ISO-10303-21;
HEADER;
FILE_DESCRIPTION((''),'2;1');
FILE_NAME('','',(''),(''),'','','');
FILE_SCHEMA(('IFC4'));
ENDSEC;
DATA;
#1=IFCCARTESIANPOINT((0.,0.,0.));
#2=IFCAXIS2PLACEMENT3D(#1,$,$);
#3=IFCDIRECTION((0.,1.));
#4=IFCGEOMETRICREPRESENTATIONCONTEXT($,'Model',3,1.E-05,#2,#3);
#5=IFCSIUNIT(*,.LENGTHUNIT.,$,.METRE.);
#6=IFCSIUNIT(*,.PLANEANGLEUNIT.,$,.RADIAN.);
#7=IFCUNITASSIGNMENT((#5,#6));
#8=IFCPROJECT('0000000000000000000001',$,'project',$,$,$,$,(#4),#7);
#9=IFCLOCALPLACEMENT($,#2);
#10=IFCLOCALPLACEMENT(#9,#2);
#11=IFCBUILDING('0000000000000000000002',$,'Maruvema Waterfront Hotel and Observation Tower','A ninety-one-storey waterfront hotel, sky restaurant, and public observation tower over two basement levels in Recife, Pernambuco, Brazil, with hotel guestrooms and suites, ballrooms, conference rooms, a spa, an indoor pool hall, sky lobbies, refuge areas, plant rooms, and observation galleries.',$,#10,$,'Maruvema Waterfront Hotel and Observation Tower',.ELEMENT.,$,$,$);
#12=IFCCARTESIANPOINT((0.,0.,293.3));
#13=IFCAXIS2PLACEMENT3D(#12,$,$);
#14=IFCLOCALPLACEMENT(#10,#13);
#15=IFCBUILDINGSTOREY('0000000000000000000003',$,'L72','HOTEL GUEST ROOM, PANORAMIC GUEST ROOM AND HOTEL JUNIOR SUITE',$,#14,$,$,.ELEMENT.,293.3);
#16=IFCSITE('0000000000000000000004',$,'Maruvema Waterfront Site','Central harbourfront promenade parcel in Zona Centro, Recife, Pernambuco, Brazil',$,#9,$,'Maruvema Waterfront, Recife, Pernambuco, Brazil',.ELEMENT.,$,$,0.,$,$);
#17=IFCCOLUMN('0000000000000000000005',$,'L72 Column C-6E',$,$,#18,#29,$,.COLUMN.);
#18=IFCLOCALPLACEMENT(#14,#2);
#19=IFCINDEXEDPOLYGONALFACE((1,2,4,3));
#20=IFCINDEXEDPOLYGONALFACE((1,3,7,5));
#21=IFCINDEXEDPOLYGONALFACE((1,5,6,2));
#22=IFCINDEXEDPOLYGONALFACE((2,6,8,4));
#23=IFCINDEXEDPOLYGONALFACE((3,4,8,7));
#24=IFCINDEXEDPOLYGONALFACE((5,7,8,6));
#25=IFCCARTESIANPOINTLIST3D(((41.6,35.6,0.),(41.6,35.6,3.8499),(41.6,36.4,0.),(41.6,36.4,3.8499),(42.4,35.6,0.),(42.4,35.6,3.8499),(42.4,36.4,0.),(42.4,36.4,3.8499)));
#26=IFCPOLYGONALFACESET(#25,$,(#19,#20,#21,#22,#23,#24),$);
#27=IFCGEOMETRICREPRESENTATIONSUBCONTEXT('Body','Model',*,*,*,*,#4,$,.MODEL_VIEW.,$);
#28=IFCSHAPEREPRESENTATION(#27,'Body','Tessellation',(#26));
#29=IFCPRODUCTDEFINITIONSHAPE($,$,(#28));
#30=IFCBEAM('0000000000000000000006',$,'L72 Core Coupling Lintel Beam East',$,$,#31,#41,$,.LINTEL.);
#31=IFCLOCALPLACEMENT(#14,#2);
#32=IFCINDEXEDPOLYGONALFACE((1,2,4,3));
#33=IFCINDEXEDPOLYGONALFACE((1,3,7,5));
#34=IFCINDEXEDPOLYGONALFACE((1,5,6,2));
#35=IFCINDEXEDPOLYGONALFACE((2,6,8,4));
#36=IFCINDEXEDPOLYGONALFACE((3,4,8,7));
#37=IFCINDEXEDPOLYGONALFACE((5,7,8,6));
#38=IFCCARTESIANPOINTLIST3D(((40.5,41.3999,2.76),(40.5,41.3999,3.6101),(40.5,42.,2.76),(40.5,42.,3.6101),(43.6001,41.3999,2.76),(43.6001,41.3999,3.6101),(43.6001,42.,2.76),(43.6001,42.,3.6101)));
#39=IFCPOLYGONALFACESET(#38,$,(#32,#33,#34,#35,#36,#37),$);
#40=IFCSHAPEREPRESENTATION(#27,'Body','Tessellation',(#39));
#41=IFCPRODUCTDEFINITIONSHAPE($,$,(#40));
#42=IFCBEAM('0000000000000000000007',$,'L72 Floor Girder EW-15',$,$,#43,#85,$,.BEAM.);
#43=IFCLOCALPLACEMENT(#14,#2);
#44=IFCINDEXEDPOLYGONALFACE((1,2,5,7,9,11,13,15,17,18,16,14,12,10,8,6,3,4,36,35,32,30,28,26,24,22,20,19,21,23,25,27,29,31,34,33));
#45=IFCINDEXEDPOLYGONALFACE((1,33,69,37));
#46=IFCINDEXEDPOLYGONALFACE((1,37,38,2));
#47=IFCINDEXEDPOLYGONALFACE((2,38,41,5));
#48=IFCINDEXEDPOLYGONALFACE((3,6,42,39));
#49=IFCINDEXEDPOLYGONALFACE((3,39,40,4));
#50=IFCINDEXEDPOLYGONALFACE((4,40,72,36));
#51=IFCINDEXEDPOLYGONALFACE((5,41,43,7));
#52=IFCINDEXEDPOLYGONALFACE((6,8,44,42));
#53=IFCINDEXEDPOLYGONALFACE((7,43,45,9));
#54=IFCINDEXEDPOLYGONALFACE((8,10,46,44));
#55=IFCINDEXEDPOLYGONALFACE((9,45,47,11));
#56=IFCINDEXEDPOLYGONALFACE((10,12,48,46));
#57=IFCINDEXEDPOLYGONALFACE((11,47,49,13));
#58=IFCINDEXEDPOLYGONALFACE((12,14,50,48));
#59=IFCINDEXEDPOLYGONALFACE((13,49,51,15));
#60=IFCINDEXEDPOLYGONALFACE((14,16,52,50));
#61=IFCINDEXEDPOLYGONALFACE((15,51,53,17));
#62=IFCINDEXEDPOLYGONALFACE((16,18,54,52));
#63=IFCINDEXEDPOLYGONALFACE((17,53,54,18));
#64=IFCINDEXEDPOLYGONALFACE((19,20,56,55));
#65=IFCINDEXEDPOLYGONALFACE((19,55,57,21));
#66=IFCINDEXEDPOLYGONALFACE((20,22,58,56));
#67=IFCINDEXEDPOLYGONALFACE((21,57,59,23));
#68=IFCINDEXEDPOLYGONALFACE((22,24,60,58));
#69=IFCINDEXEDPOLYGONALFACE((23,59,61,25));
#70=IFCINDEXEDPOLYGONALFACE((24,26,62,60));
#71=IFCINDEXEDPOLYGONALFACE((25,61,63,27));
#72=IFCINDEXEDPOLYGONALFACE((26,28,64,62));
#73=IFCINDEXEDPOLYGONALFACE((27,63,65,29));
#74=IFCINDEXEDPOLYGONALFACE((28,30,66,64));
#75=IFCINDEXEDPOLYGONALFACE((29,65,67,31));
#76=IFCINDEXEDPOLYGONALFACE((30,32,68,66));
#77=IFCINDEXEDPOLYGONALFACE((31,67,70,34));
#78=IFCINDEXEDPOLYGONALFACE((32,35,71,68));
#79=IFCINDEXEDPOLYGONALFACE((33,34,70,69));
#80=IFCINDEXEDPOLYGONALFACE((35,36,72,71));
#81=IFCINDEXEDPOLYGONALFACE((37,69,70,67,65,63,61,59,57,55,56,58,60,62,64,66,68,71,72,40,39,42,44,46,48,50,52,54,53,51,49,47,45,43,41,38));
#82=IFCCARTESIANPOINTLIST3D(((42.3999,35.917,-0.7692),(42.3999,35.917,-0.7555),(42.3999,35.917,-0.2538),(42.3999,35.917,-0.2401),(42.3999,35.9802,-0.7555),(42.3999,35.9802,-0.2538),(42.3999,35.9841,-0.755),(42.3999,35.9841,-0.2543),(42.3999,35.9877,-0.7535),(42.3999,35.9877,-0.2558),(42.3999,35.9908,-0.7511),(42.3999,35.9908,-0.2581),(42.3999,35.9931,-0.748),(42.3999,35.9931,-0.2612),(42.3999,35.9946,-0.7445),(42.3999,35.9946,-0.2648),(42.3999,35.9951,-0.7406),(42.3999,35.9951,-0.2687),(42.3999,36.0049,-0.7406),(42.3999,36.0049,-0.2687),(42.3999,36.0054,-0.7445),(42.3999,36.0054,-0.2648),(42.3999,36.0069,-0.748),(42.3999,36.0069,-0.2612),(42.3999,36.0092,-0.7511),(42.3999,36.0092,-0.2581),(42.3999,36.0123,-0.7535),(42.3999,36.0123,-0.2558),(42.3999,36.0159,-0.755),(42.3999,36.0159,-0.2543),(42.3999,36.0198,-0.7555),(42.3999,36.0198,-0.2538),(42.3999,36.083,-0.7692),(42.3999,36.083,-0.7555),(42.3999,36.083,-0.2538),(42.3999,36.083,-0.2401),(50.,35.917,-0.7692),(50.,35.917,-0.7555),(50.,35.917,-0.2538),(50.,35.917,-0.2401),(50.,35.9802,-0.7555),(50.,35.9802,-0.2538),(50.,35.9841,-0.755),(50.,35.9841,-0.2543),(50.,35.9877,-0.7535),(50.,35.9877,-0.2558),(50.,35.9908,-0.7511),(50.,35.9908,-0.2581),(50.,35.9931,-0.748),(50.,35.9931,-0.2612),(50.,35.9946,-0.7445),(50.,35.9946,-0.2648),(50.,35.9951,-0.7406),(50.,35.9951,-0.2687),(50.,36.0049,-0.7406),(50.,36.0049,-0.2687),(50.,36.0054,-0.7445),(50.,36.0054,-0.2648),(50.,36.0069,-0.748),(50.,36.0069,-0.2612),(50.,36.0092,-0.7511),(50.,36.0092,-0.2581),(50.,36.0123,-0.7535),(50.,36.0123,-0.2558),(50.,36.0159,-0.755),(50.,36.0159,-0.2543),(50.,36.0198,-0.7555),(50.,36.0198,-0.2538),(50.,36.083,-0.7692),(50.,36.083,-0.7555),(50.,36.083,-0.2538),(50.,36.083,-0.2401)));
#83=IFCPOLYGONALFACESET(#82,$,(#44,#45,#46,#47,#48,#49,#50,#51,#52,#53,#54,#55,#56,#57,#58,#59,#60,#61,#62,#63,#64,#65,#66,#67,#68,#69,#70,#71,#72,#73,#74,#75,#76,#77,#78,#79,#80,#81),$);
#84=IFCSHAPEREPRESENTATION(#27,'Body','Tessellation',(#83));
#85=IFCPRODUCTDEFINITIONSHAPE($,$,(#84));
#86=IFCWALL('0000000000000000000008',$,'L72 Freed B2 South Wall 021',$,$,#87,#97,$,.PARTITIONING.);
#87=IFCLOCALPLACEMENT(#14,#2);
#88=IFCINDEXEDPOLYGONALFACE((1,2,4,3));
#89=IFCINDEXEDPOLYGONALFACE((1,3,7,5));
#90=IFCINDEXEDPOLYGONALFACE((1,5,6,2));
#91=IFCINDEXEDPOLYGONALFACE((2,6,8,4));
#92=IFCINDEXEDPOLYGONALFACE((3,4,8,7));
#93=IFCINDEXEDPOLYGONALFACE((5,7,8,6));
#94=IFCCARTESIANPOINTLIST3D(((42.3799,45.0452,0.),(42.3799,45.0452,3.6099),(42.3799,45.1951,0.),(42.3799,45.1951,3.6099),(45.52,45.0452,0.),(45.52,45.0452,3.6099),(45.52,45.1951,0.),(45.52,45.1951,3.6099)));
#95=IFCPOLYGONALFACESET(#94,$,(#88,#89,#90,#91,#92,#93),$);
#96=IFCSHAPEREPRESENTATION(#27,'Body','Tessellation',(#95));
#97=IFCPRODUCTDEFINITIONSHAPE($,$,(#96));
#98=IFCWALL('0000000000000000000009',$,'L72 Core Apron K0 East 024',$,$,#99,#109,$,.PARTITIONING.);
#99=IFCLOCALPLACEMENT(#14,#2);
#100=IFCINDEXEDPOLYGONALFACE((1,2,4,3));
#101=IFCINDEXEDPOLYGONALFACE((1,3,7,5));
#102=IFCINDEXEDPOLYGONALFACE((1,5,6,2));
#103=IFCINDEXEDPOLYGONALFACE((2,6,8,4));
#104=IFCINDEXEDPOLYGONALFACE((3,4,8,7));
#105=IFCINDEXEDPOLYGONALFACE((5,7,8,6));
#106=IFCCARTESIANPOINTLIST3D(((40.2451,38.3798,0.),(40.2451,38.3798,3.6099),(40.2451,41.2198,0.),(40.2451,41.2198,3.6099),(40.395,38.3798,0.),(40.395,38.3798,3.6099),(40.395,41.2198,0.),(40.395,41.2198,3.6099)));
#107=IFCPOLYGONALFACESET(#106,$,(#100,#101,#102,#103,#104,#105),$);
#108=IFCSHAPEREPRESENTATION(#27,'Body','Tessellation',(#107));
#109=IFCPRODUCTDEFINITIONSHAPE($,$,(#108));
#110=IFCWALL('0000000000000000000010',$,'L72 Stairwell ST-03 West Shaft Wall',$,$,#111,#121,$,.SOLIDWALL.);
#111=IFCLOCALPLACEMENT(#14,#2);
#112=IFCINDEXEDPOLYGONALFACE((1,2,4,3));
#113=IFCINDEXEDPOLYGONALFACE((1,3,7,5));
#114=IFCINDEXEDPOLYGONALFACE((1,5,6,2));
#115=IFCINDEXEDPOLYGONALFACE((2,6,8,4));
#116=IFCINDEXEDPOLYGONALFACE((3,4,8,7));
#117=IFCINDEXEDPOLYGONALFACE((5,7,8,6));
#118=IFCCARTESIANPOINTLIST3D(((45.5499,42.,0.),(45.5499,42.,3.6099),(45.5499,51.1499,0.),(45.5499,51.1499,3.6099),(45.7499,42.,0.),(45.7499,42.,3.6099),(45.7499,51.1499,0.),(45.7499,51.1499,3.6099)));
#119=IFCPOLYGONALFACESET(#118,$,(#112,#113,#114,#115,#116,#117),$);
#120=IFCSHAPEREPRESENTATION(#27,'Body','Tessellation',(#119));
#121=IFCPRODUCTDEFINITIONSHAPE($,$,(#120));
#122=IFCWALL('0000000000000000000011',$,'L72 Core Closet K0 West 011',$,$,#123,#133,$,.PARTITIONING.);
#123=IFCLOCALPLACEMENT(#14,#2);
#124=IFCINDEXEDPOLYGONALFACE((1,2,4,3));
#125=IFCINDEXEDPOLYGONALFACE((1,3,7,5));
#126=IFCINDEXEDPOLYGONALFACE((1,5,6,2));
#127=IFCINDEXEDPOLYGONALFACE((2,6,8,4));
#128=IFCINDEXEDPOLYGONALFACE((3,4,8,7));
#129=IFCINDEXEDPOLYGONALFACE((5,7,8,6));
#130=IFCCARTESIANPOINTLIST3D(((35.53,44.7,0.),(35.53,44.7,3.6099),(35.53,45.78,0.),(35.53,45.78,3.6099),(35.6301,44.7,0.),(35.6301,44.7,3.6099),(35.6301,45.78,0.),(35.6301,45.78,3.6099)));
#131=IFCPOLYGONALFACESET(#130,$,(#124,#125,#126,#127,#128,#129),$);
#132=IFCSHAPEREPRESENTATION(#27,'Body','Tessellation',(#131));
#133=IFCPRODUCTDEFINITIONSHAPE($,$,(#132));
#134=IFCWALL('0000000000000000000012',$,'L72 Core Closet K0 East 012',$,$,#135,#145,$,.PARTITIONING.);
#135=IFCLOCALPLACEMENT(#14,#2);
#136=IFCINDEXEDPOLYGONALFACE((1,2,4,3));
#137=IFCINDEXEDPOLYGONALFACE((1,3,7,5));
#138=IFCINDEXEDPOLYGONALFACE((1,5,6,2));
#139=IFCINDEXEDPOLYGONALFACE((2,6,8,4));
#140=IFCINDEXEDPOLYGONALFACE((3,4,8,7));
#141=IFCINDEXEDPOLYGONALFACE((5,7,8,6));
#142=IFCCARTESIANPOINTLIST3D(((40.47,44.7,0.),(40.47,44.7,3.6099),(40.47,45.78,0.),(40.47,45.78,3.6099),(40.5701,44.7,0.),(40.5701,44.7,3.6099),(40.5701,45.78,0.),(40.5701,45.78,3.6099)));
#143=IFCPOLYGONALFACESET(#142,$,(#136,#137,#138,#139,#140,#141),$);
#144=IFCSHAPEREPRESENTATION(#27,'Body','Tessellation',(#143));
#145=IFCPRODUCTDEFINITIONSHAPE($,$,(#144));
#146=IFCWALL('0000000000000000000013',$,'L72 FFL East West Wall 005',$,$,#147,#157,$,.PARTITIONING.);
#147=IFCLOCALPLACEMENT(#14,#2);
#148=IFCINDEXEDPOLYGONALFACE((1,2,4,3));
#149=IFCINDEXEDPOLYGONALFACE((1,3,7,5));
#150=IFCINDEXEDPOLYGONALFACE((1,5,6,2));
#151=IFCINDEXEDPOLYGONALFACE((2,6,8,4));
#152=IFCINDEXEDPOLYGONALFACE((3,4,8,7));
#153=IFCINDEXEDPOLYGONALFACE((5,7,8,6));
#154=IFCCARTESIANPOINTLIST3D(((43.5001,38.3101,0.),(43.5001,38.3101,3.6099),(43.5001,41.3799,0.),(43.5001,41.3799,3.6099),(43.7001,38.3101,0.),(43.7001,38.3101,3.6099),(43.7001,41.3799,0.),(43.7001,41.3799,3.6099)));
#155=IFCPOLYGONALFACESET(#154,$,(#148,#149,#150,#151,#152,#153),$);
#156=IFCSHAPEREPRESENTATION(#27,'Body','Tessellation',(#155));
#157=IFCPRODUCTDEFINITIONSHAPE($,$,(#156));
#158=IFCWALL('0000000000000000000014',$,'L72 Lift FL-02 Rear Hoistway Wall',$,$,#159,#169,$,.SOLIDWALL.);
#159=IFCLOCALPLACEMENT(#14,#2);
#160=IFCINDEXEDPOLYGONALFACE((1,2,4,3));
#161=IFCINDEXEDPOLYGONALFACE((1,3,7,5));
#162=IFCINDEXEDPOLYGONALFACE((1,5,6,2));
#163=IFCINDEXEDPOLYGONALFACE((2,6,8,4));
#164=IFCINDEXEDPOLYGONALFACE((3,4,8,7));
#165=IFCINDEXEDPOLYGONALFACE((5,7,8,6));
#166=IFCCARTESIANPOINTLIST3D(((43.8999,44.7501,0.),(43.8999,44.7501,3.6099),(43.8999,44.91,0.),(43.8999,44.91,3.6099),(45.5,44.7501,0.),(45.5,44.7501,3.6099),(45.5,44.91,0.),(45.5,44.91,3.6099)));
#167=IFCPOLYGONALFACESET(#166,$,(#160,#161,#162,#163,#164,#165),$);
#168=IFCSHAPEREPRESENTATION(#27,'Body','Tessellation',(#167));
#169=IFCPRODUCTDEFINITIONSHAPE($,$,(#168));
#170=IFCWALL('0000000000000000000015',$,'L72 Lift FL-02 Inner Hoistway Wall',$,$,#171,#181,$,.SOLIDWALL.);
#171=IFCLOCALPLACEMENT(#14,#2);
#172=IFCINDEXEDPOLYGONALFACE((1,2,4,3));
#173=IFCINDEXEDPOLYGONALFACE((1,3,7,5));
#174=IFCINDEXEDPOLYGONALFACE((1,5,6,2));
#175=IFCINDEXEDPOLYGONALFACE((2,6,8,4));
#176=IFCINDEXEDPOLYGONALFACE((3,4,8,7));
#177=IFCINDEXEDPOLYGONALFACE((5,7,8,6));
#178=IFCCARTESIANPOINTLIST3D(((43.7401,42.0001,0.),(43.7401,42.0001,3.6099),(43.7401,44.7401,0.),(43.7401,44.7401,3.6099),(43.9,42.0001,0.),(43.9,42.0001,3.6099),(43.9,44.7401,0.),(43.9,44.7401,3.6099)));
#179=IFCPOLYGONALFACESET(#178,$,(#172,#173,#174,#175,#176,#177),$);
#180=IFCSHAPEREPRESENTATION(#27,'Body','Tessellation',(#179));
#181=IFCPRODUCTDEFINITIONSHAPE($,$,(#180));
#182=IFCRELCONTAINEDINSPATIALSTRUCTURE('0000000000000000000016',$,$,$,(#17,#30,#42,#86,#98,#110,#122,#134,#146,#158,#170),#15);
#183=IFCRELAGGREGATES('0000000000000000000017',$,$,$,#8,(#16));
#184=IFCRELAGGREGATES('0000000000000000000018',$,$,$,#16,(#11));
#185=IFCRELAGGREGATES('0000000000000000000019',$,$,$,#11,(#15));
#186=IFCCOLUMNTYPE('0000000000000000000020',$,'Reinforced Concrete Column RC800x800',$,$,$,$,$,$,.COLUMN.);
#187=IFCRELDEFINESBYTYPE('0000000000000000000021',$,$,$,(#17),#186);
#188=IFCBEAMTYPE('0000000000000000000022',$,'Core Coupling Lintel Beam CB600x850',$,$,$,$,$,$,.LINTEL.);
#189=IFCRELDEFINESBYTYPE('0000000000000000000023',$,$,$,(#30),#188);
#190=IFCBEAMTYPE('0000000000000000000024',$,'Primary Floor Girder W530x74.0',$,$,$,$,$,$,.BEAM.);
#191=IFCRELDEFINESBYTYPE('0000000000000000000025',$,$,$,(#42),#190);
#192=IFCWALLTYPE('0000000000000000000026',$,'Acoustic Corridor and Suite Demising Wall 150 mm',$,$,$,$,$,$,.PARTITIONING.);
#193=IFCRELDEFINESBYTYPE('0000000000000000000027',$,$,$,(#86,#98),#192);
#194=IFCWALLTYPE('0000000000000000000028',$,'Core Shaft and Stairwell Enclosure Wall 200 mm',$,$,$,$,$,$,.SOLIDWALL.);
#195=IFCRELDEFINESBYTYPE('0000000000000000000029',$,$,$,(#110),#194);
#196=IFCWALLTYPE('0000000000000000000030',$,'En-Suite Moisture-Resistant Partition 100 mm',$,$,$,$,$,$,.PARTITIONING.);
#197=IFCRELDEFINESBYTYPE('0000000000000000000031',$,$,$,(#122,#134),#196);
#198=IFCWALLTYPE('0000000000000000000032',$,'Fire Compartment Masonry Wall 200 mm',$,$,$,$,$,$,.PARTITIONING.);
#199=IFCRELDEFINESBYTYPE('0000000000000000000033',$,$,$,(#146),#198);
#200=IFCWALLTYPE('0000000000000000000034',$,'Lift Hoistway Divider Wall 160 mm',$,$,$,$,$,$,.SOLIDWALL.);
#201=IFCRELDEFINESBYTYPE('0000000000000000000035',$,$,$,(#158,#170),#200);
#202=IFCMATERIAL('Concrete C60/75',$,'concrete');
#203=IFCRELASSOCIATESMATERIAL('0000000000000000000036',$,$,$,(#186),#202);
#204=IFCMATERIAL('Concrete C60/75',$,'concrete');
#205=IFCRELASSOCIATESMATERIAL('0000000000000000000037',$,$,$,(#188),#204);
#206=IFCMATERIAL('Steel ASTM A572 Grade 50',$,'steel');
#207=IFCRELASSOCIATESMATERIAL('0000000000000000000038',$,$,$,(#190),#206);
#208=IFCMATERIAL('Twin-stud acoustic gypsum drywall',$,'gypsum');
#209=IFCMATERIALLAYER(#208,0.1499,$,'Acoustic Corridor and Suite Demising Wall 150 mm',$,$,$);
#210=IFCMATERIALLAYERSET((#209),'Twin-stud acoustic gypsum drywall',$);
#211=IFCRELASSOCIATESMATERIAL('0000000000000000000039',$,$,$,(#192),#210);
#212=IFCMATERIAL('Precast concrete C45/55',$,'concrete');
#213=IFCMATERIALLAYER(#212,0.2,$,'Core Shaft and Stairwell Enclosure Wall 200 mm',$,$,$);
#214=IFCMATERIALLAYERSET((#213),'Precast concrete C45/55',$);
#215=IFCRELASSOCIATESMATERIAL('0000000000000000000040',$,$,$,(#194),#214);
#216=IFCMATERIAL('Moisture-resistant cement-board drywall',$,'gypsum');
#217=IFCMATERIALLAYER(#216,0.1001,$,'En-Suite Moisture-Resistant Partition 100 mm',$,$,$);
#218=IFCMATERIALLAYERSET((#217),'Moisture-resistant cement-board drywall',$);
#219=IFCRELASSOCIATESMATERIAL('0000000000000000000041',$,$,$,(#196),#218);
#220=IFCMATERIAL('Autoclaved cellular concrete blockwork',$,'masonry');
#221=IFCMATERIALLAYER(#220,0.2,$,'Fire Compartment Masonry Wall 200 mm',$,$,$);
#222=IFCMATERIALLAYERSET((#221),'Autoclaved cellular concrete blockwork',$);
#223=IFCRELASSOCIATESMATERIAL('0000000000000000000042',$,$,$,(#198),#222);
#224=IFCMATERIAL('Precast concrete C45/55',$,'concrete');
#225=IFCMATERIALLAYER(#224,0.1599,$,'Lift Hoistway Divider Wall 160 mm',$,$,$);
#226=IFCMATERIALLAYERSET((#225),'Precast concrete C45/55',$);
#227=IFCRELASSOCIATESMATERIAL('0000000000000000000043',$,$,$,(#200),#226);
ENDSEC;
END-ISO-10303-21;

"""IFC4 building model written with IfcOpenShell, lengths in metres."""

from ifc_helpers import new_model, si_unit, direction, frame, frame_2d, origin, origin_2d, place, context, subcontext, project, spatial, rectangle, i_section, extrude, material, layer, layer_set, material_profile, profile_set, type_object, element, save


model = new_model("IFC4")

# Units and contexts
model_context = context("Model", 3, precision=1e-05, world=origin(), true_north=direction((0.0, 1.0)))
body_context = subcontext(model_context, "Body", "Model", "MODEL_VIEW")
ifc_project = project(units=[si_unit("LENGTHUNIT", "METRE"), si_unit("PLANEANGLEUNIT", "RADIAN")], contexts=[model_context])

# Site, building, storey
site_placement = place(None, origin())
site = spatial("IfcSite", under=ifc_project, at=site_placement, Name="Maruvema Waterfront Site", Description="Central harbourfront promenade parcel in Zona Centro, Recife, Pernambuco, Brazil", LongName="Maruvema Waterfront, Recife, Pernambuco, Brazil", CompositionType="ELEMENT", RefElevation=0.0)
building_placement = place(site_placement, origin())
building = spatial("IfcBuilding", under=site, at=building_placement, Name="Maruvema Waterfront Hotel and Observation Tower", Description="A ninety-one-storey waterfront hotel, sky restaurant, and public observation tower over two basement levels in Recife, Pernambuco, Brazil, with hotel guestrooms and suites, ballrooms, conference rooms, a spa, an indoor pool hall, sky lobbies, refuge areas, plant rooms, and observation galleries.", LongName="Maruvema Waterfront Hotel and Observation Tower", CompositionType="ELEMENT")
storey_placement = place(building_placement, frame((0.0, 0.0, 293.3)))
storey = spatial("IfcBuildingStorey", under=building, at=storey_placement, Name="L72", Description="HOTEL GUEST ROOM, PANORAMIC GUEST ROOM AND HOTEL JUNIOR SUITE", CompositionType="ELEMENT", Elevation=293.3)

# Column
ifc_material_1 = material(Name="Concrete C60/75", Category="concrete")
ifc_material_profile_1 = material_profile(ifc_material_1, rectangle(XDim=0.8, YDim=0.8, at=origin_2d()), Name="RC800x800")
ifc_profile_set_1 = profile_set([ifc_material_profile_1], Name="Concrete C60/75")
column_type = type_object("IfcColumnType", Name="Reinforced Concrete Column RC800x800", PredefinedType="COLUMN", material=ifc_profile_set_1)
column_placement = place(storey_placement, frame((42.0, 36.0, 0.0), z_axis=(0.0, 0.0, 1.0), x_axis=(1.0, 0.0, 0.0)))
element("IfcColumn", 1, at=column_placement, inside=storey, type_object=column_type, Name="L72 Column C-6E", PredefinedType="COLUMN", context=body_context, shape_type="SweptSolid", body=[
    extrude(rectangle(XDim=0.8, YDim=0.8, at=origin_2d()), origin(), (0.0, 0.0, 1.0), 3.8499),
])

# Beams
ifc_material_2 = material(Name="Concrete C60/75", Category="concrete")
ifc_material_profile_2 = material_profile(ifc_material_2, rectangle(XDim=0.6001, YDim=0.8501, at=origin_2d()), Name="CB600x850")
ifc_profile_set_2 = profile_set([ifc_material_profile_2], Name="Concrete C60/75")
beam_type_1 = type_object("IfcBeamType", Name="Core Coupling Lintel Beam CB600x850", PredefinedType="LINTEL", material=ifc_profile_set_2)
beam_1_placement = place(storey_placement, frame((40.5, 41.7, 3.1851), z_axis=(1.0, 0.0, 0.0), x_axis=(0.0, 1.0, 0.0)))
element("IfcBeam", 2, at=beam_1_placement, inside=storey, type_object=beam_type_1, Name="L72 Core Coupling Lintel Beam East", PredefinedType="LINTEL", context=body_context, shape_type="SweptSolid", body=[
    extrude(rectangle(XDim=0.6001, YDim=0.8501, at=origin_2d()), origin(), (0.0, 0.0, 1.0), 3.1001),
])
ifc_material_3 = material(Name="Steel ASTM A572 Grade 50", Category="steel")
ifc_material_profile_3 = material_profile(ifc_material_3, i_section(OverallWidth=0.166, OverallDepth=0.5291, WebThickness=0.0098, FlangeThickness=0.0137, FilletRadius=0.0149, at=origin_2d()), Name="W530x74.0")
ifc_profile_set_3 = profile_set([ifc_material_profile_3], Name="Steel ASTM A572 Grade 50")
beam_type_2 = type_object("IfcBeamType", Name="Primary Floor Girder W530x74.0", PredefinedType="BEAM", material=ifc_profile_set_3)
beam_2_placement = place(storey_placement, frame((42.3999, 36.0, -0.5046), z_axis=(1.0, 0.0, 0.0), x_axis=(0.0, 1.0, 0.0)))
element("IfcBeam", 3, at=beam_2_placement, inside=storey, type_object=beam_type_2, Name="L72 Floor Girder EW-15", PredefinedType="BEAM", context=body_context, shape_type="SweptSolid", body=[
    extrude(i_section(OverallWidth=0.166, OverallDepth=0.5291, WebThickness=0.0098, FlangeThickness=0.0137, FilletRadius=0.0149, at=origin_2d()), origin(), (0.0, 0.0, 1.0), 7.6001),
])

# Walls
ifc_material_4 = material(Name="Twin-stud acoustic gypsum drywall", Category="gypsum")
ifc_layer_1 = layer(ifc_material_4, 0.1499, Name="Acoustic Corridor and Suite Demising Wall 150 mm")
ifc_layer_set_1 = layer_set([ifc_layer_1], Name="Twin-stud acoustic gypsum drywall")
wall_type_1 = type_object("IfcWallType", Name="Acoustic Corridor and Suite Demising Wall 150 mm", PredefinedType="PARTITIONING", material=ifc_layer_set_1)
wall_1_placement = place(storey_placement, frame((42.3799, 45.1201, 0.0), z_axis=(0.0, 0.0, 1.0), x_axis=(1.0, 0.0, 0.0)))
element("IfcWall", 4, at=wall_1_placement, inside=storey, type_object=wall_type_1, Name="L72 Freed B2 South Wall 021", PredefinedType="PARTITIONING", context=body_context, shape_type="SweptSolid", body=[
    extrude(rectangle(XDim=3.1401, YDim=0.1499, at=frame_2d((1.5701, 0.0))), origin(), (0.0, 0.0, 1.0), 3.6099),
])
wall_2_placement = place(storey_placement, frame((40.3201, 38.3799, 0.0), z_axis=(0.0, 0.0, 1.0), x_axis=(0.0, 1.0, 0.0)))
element("IfcWall", 5, at=wall_2_placement, inside=storey, type_object=wall_type_1, Name="L72 Core Apron K0 East 024", PredefinedType="PARTITIONING", context=body_context, shape_type="SweptSolid", body=[
    extrude(rectangle(XDim=2.8401, YDim=0.1499, at=frame_2d((1.4199, 0.0))), origin(), (0.0, 0.0, 1.0), 3.6099),
])
ifc_material_5 = material(Name="Precast concrete C45/55", Category="concrete")
ifc_layer_2 = layer(ifc_material_5, 0.2, Name="Core Shaft and Stairwell Enclosure Wall 200 mm")
ifc_layer_set_2 = layer_set([ifc_layer_2], Name="Precast concrete C45/55")
wall_type_2 = type_object("IfcWallType", Name="Core Shaft and Stairwell Enclosure Wall 200 mm", PredefinedType="SOLIDWALL", material=ifc_layer_set_2)
wall_3_placement = place(storey_placement, frame((45.6499, 42.0, 0.0), z_axis=(0.0, 0.0, 1.0), x_axis=(0.0, 1.0, 0.0)))
element("IfcWall", 6, at=wall_3_placement, inside=storey, type_object=wall_type_2, Name="L72 Stairwell ST-03 West Shaft Wall", PredefinedType="SOLIDWALL", context=body_context, shape_type="SweptSolid", body=[
    extrude(rectangle(XDim=9.1499, YDim=0.2, at=frame_2d((4.575, 0.0))), origin(), (0.0, 0.0, 1.0), 3.6099),
])

# Walls
ifc_material_6 = material(Name="Moisture-resistant cement-board drywall", Category="gypsum")
ifc_layer_3 = layer(ifc_material_6, 0.1001, Name="En-Suite Moisture-Resistant Partition 100 mm")
ifc_layer_set_3 = layer_set([ifc_layer_3], Name="Moisture-resistant cement-board drywall")
wall_type_3 = type_object("IfcWallType", Name="En-Suite Moisture-Resistant Partition 100 mm", PredefinedType="PARTITIONING", material=ifc_layer_set_3)
for number, where, z_axis, x_axis, name in (
    (7, (35.5801, 44.7, 0.0), (0.0, 0.0, 1.0), (0.0, 1.0, 0.0), "L72 Core Closet K0 West 011"),
    (8, (40.52, 44.7, 0.0), (0.0, 0.0, 1.0), (0.0, 1.0, 0.0), "L72 Core Closet K0 East 012"),
):
    element("IfcWall", number, at=place(storey_placement, frame(where, z_axis=z_axis, x_axis=x_axis)), inside=storey, type_object=wall_type_3, Name=name, PredefinedType="PARTITIONING", context=body_context, shape_type="SweptSolid", body=[
        extrude(rectangle(XDim=1.0801, YDim=0.1001, at=frame_2d((0.54, 0.0))), origin(), (0.0, 0.0, 1.0), 3.6099),
    ])

# Shared definitions
ifc_material_7 = material(Name="Autoclaved cellular concrete blockwork", Category="masonry")
ifc_layer_4 = layer(ifc_material_7, 0.2, Name="Fire Compartment Masonry Wall 200 mm")
ifc_layer_set_4 = layer_set([ifc_layer_4], Name="Autoclaved cellular concrete blockwork")
wall_type_4 = type_object("IfcWallType", Name="Fire Compartment Masonry Wall 200 mm", PredefinedType="PARTITIONING", material=ifc_layer_set_4)

# Walls
wall_4_placement = place(storey_placement, frame((43.6001, 38.3101, 0.0), z_axis=(0.0, 0.0, 1.0), x_axis=(0.0, 1.0, 0.0)))
element("IfcWall", 9, at=wall_4_placement, inside=storey, type_object=wall_type_4, Name="L72 FFL East West Wall 005", PredefinedType="PARTITIONING", context=body_context, shape_type="SweptSolid", body=[
    extrude(rectangle(XDim=3.0698, YDim=0.2, at=frame_2d((1.5349, 0.0))), origin(), (0.0, 0.0, 1.0), 3.6099),
])
ifc_material_8 = material(Name="Precast concrete C45/55", Category="concrete")
ifc_layer_5 = layer(ifc_material_8, 0.1599, Name="Lift Hoistway Divider Wall 160 mm")
ifc_layer_set_5 = layer_set([ifc_layer_5], Name="Precast concrete C45/55")
wall_type_5 = type_object("IfcWallType", Name="Lift Hoistway Divider Wall 160 mm", PredefinedType="SOLIDWALL", material=ifc_layer_set_5)
wall_5_placement = place(storey_placement, frame((43.8999, 44.8301, 0.0), z_axis=(0.0, 0.0, 1.0), x_axis=(1.0, 0.0, 0.0)))
element("IfcWall", 10, at=wall_5_placement, inside=storey, type_object=wall_type_5, Name="L72 Lift FL-02 Rear Hoistway Wall", PredefinedType="SOLIDWALL", context=body_context, shape_type="SweptSolid", body=[
    extrude(rectangle(XDim=1.6001, YDim=0.1599, at=frame_2d((0.8, 0.0))), origin(), (0.0, 0.0, 1.0), 3.6099),
])
wall_6_placement = place(storey_placement, frame((43.8201, 42.0, 0.0), z_axis=(0.0, 0.0, 1.0), x_axis=(0.0, 1.0, 0.0)))
element("IfcWall", 11, at=wall_6_placement, inside=storey, type_object=wall_type_5, Name="L72 Lift FL-02 Inner Hoistway Wall", PredefinedType="SOLIDWALL", context=body_context, shape_type="SweptSolid", body=[
    extrude(rectangle(XDim=2.74, YDim=0.1599, at=frame_2d((1.3701, 0.0))), origin(), (0.0, 0.0, 1.0), 3.6099),
])

save(model, "model.ifc")
